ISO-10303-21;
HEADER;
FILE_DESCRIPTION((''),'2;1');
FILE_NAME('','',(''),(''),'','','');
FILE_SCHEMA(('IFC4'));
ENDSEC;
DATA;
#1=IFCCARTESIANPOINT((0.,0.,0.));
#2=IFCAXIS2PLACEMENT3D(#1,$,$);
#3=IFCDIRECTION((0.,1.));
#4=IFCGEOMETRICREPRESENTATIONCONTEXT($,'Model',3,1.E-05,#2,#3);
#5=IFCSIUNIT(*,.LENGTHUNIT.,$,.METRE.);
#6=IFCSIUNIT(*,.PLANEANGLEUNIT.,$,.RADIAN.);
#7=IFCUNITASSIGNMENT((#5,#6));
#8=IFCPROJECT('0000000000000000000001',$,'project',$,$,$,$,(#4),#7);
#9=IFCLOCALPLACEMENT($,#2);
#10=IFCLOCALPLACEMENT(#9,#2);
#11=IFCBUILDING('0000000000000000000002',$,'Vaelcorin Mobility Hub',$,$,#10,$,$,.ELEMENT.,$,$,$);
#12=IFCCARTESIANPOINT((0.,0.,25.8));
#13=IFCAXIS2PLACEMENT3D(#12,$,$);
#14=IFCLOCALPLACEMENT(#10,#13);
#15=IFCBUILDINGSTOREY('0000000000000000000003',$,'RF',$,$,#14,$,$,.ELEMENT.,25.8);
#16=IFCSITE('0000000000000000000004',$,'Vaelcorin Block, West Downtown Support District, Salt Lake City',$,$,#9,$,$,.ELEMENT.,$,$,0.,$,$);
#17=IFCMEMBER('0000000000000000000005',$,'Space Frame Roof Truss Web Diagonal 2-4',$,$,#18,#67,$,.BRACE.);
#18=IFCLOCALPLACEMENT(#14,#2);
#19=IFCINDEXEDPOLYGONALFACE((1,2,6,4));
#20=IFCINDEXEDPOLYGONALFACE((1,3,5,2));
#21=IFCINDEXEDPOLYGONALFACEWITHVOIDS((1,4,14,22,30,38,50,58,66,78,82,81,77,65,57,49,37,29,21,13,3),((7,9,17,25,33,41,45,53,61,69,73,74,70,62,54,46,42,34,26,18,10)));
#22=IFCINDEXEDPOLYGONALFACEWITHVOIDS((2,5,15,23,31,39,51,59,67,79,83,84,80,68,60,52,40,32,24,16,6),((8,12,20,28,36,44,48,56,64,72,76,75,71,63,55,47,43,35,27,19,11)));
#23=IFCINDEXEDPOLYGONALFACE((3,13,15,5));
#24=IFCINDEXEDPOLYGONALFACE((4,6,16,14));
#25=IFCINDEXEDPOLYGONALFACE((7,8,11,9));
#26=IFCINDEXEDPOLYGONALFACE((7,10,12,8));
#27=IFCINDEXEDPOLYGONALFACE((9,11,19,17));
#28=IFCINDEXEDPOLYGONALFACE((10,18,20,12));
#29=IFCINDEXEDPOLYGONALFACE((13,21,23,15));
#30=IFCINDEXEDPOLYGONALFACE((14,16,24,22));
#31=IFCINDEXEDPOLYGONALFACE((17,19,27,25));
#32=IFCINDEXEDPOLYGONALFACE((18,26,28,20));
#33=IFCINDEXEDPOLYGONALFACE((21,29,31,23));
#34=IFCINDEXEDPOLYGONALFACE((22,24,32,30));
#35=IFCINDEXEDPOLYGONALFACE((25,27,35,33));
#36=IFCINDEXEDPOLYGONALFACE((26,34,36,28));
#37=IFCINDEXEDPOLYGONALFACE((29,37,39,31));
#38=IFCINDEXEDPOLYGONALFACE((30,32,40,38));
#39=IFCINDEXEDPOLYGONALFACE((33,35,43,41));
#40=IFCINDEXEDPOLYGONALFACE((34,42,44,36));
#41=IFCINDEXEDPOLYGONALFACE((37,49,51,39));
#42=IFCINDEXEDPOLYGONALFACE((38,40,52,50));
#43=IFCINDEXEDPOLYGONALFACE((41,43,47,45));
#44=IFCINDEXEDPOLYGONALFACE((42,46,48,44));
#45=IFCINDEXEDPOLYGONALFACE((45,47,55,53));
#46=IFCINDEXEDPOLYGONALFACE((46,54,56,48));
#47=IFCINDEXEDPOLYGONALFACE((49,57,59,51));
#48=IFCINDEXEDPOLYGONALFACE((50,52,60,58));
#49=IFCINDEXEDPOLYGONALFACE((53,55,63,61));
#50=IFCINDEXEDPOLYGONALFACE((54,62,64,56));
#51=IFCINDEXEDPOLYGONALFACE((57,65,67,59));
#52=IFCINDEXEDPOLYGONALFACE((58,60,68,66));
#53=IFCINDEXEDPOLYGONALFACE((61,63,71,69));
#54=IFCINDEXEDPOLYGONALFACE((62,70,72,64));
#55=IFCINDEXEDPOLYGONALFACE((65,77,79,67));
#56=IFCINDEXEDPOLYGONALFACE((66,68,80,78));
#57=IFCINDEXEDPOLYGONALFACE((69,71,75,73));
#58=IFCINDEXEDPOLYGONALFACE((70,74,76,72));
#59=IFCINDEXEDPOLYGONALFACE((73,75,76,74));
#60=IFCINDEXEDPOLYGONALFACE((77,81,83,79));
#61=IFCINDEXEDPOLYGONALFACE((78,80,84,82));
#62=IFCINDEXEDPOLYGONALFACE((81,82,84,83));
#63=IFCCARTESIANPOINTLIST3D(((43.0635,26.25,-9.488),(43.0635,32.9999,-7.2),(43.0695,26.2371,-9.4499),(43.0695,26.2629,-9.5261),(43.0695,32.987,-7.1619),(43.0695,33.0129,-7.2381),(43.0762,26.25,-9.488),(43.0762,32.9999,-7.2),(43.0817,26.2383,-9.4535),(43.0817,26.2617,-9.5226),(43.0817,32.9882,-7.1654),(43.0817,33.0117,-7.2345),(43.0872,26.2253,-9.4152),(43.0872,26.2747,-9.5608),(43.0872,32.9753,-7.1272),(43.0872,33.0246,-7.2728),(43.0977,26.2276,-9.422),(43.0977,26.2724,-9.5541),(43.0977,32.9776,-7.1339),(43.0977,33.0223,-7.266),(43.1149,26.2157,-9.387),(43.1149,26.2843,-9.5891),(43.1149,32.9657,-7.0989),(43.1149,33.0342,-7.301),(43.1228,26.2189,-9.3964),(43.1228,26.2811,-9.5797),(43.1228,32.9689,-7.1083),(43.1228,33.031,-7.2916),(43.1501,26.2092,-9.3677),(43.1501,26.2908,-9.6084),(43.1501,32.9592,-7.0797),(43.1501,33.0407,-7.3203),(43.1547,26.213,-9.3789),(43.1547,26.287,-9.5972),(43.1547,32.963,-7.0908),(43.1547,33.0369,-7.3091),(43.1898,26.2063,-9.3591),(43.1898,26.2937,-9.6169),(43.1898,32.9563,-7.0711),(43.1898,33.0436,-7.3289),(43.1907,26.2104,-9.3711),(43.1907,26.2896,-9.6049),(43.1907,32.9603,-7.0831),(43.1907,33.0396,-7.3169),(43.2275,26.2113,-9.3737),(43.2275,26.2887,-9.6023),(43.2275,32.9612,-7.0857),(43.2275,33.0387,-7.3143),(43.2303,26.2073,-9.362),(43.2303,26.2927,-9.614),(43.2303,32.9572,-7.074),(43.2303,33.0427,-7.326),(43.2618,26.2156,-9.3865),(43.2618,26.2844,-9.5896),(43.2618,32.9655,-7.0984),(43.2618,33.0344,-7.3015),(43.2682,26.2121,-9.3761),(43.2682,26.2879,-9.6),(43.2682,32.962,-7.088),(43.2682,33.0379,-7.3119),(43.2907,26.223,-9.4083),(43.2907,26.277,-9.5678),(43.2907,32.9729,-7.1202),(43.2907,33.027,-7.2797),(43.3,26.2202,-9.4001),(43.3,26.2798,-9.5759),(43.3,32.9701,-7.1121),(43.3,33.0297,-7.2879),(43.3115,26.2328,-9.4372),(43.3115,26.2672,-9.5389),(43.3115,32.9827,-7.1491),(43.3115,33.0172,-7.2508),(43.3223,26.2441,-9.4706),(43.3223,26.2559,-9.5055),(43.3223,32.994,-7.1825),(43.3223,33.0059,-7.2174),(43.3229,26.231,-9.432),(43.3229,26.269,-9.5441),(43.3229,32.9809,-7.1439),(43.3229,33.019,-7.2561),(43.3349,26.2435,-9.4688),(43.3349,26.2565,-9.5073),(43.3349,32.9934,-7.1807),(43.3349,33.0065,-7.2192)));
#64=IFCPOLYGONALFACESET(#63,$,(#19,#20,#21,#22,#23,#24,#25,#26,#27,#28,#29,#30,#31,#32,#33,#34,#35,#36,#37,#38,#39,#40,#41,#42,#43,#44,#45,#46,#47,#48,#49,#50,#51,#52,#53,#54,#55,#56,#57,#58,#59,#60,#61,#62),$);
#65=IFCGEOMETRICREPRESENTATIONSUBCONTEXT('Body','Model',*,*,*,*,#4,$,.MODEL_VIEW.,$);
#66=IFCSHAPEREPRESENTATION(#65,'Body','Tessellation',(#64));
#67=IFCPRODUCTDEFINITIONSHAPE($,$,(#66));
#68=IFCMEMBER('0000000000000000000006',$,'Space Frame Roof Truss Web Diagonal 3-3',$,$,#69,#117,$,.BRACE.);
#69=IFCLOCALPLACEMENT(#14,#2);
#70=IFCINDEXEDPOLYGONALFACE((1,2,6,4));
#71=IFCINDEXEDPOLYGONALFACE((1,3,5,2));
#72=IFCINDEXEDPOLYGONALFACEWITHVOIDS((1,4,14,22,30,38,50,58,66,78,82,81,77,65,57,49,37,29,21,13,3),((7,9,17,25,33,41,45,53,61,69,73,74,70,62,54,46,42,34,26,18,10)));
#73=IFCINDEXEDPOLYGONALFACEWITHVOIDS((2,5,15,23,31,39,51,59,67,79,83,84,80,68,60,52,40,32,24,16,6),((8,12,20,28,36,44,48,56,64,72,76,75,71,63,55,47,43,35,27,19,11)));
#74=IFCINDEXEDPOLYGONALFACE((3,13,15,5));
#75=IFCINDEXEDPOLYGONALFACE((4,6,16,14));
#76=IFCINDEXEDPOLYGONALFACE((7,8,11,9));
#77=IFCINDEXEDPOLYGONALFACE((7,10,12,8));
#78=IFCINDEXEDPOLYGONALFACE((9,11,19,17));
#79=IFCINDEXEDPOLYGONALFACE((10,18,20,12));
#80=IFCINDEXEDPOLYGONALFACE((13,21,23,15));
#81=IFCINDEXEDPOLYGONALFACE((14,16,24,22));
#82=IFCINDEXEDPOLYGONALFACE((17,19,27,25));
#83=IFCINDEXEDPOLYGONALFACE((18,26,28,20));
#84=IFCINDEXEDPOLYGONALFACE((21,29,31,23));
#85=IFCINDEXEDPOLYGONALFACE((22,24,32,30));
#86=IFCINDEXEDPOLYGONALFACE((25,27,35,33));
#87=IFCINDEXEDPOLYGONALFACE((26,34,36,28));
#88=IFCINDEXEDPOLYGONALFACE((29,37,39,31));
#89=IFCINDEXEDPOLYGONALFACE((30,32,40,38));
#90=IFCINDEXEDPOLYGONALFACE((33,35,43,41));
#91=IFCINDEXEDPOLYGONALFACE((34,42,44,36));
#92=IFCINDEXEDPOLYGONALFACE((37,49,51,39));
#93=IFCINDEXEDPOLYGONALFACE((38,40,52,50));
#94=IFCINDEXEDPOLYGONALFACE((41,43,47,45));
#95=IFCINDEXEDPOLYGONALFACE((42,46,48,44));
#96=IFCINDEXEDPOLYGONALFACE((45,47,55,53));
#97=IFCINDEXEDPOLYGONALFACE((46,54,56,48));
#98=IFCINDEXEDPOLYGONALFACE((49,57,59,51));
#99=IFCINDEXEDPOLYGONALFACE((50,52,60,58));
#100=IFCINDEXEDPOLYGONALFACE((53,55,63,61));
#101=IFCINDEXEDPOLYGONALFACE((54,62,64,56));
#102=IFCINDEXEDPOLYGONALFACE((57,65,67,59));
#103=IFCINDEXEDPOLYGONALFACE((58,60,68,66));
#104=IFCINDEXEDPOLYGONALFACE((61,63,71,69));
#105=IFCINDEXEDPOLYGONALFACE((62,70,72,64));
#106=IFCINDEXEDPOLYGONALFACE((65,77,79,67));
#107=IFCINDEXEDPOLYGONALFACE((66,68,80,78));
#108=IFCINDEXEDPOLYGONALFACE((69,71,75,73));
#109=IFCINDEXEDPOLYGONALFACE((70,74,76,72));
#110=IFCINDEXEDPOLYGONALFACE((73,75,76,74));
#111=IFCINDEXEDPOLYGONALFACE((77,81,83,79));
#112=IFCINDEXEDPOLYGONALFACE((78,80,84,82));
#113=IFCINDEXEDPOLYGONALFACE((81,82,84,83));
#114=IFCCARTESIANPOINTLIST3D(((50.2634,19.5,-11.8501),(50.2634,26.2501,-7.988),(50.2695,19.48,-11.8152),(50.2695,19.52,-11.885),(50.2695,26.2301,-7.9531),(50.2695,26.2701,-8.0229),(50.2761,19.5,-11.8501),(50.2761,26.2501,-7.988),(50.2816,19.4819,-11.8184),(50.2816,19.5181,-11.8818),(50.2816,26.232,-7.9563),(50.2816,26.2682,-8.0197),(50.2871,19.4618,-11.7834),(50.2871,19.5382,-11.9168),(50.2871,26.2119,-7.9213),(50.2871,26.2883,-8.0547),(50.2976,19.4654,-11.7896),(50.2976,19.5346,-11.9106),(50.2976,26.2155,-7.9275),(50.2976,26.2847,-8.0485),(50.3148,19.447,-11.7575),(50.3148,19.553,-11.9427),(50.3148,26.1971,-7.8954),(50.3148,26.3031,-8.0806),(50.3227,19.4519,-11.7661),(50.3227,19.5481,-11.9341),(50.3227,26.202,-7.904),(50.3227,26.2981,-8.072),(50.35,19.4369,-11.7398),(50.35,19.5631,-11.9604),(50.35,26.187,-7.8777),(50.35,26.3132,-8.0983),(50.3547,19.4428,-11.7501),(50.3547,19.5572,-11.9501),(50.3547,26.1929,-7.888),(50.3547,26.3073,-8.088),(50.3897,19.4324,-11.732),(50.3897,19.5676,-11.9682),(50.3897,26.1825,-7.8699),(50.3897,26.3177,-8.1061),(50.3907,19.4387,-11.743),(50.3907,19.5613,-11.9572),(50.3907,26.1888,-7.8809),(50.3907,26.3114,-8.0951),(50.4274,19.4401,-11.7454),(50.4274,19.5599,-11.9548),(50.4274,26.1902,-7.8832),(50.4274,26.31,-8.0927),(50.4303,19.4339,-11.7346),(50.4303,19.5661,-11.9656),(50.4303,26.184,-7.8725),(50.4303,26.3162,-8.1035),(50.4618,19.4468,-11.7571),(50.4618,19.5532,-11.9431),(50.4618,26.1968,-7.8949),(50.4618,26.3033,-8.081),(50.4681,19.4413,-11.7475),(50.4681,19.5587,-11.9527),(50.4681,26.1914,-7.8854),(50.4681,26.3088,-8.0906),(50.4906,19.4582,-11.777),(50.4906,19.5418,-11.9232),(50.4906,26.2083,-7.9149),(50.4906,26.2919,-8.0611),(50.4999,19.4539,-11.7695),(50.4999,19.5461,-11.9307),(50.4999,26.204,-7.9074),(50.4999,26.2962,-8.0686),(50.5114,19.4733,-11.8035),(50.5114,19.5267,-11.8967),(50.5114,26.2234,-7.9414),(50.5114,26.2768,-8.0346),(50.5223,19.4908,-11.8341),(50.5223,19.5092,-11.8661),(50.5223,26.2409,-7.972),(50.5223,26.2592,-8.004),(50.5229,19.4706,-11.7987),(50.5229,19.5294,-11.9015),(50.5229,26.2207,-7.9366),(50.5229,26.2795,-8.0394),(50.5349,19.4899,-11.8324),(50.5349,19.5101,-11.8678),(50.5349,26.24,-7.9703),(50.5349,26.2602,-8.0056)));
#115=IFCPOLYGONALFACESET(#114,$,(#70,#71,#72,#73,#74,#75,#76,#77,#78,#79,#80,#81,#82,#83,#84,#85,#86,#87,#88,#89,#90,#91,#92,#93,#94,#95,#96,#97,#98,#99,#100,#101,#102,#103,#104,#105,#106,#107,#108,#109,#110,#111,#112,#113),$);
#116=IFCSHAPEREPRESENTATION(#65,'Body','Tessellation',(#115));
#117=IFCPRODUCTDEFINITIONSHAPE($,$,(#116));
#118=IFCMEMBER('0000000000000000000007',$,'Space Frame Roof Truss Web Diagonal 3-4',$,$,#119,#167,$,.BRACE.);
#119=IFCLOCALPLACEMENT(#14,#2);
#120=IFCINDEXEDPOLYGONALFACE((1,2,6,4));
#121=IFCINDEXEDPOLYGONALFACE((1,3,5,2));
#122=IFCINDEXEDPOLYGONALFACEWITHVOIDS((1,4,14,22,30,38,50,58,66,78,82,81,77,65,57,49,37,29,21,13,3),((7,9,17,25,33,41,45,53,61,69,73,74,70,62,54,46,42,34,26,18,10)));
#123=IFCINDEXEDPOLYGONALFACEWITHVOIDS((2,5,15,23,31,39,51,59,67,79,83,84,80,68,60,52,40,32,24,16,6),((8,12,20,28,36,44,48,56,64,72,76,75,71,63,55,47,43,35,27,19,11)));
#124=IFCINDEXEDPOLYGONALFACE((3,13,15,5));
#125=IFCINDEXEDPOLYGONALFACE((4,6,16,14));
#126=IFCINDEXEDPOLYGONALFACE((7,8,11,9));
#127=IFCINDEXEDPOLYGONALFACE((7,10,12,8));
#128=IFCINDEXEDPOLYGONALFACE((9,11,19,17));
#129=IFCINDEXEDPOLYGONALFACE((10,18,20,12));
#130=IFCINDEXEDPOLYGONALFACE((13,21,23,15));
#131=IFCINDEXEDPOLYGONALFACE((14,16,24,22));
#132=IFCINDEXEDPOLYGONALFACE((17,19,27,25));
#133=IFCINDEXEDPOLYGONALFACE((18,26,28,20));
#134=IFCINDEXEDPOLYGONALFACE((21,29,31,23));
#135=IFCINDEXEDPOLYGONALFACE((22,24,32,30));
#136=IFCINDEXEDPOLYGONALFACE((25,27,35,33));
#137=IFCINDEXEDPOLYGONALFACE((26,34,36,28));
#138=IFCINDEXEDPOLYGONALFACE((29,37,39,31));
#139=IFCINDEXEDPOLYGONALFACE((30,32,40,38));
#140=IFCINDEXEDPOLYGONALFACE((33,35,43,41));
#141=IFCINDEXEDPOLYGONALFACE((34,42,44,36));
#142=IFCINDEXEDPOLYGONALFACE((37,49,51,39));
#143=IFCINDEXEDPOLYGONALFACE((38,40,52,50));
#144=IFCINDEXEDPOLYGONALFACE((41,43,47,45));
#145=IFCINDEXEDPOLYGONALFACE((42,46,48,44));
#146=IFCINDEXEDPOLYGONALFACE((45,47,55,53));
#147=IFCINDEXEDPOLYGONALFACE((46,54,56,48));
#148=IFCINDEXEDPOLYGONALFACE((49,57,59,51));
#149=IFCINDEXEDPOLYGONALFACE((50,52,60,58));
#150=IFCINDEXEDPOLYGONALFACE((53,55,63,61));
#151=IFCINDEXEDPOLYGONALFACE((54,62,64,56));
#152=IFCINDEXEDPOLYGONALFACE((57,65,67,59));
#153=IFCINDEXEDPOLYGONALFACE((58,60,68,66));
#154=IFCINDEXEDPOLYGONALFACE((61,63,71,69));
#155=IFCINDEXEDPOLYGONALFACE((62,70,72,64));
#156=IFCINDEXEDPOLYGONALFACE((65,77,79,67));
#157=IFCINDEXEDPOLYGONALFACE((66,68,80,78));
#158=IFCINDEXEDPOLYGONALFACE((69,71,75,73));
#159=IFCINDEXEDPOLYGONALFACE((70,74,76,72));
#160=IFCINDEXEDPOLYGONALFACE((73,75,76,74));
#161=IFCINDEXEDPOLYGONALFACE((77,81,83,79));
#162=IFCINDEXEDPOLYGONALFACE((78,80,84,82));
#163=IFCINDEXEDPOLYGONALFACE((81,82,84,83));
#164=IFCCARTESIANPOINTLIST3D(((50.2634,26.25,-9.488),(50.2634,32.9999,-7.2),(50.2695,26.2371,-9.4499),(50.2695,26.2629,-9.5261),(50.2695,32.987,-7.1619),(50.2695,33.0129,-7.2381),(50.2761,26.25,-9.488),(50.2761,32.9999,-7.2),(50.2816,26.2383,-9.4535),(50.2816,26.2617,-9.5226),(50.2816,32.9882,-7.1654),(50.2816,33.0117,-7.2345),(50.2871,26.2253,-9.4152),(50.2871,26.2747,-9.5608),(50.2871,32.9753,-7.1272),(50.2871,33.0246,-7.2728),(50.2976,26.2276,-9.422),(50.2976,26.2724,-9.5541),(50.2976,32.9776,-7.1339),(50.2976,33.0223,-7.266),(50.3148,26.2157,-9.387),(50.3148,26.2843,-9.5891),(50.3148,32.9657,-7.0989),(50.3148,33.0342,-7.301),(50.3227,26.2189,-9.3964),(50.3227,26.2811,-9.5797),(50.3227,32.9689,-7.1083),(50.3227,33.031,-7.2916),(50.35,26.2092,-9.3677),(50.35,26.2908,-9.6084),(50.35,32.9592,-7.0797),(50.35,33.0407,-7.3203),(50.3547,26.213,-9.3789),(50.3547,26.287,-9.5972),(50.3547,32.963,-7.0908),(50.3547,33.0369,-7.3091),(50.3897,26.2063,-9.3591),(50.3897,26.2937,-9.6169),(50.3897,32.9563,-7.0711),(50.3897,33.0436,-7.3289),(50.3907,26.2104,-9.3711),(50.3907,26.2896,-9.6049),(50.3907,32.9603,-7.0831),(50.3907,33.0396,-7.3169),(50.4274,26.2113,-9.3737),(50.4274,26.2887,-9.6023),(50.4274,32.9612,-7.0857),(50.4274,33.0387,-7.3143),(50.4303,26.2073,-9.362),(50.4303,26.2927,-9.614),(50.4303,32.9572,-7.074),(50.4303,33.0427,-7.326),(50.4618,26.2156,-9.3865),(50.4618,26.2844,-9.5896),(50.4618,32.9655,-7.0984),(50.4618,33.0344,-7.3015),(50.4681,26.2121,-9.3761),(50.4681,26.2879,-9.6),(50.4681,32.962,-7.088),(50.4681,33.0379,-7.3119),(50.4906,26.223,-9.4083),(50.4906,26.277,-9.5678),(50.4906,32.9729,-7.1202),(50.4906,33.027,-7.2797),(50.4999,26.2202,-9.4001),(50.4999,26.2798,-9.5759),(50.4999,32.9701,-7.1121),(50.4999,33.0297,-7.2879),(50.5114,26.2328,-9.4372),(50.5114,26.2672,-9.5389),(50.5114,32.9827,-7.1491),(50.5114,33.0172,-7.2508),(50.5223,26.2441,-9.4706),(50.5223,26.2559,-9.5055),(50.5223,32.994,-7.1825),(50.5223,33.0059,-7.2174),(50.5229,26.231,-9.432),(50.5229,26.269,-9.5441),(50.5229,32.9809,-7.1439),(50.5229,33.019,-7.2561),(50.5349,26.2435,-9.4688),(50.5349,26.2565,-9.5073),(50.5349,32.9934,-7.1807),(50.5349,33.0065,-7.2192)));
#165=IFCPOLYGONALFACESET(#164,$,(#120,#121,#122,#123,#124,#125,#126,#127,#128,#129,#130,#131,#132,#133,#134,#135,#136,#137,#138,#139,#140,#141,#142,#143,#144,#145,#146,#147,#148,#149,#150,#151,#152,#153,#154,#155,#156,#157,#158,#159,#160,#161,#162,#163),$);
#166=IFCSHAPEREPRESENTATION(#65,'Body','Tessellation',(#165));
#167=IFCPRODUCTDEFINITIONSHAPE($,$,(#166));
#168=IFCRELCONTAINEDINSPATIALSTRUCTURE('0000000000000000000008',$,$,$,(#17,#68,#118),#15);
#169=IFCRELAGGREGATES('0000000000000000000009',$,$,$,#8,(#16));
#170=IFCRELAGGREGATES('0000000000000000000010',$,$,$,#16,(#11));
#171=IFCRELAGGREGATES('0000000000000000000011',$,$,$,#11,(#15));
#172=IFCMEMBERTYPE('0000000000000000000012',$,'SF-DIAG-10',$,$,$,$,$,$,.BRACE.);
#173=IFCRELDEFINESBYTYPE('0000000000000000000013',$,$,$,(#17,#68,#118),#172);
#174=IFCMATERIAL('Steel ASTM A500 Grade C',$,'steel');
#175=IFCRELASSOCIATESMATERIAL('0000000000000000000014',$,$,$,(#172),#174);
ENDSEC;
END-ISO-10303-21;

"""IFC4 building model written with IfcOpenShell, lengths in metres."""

from ifc_helpers import new_model, si_unit, direction, frame, origin, origin_2d, place, context, subcontext, project, spatial, hollow_circle, extrude, material, material_profile, profile_set, type_object, element, save


model = new_model("IFC4")

# Units and contexts
model_context = context("Model", 3, precision=1e-05, world=origin(), true_north=direction((0.0, 1.0)))
body_context = subcontext(model_context, "Body", "Model", "MODEL_VIEW")
ifc_project = project(units=[si_unit("LENGTHUNIT", "METRE"), si_unit("PLANEANGLEUNIT", "RADIAN")], contexts=[model_context])

# Site, building, storey
site_placement = place(None, origin())
site = spatial("IfcSite", under=ifc_project, at=site_placement, Name="Vaelcorin Block, West Downtown Support District, Salt Lake City", CompositionType="ELEMENT", RefElevation=0.0)
building_placement = place(site_placement, origin())
building = spatial("IfcBuilding", under=site, at=building_placement, Name="Vaelcorin Mobility Hub", CompositionType="ELEMENT")
storey_placement = place(building_placement, frame((0.0, 0.0, 25.8)))
storey = spatial("IfcBuildingStorey", under=building, at=storey_placement, Name="RF", CompositionType="ELEMENT", Elevation=25.8)

# Members
ifc_material_1 = material(Name="Steel ASTM A500 Grade C", Category="steel")
ifc_material_profile_1 = material_profile(ifc_material_1, hollow_circle(Radius=0.1365, WallThickness=0.0127, at=origin_2d()), Name="HSS10.750X0.500")
ifc_profile_set_1 = profile_set([ifc_material_profile_1], Name="Steel ASTM A500 Grade C")
member_type_1 = type_object("IfcMemberType", Name="SF-DIAG-10", PredefinedType="BRACE", material=ifc_profile_set_1)
member_1_placement = place(storey_placement, frame((43.2, 26.25, -9.488), z_axis=(0.0, 0.947068, 0.321033), x_axis=(-1.0, 0.0, 0.0)))
element("IfcMember", 1, at=member_1_placement, inside=storey, type_object=member_type_1, Name="Space Frame Roof Truss Web Diagonal 2-4", PredefinedType="BRACE", context=body_context, shape_type="SweptSolid", body=[
    extrude(hollow_circle(Radius=0.1365, WallThickness=0.0127, at=origin_2d()), origin(), (0.0, 0.0, 1.0), 7.1272),
])
member_2_placement = place(storey_placement, frame((50.3999, 19.5, -11.8501), z_axis=(0.0, 0.867971, 0.496616), x_axis=(-1.0, 0.0, 0.0)))
element("IfcMember", 2, at=member_2_placement, inside=storey, type_object=member_type_1, Name="Space Frame Roof Truss Web Diagonal 3-3", PredefinedType="BRACE", context=body_context, shape_type="SweptSolid", body=[
    extrude(hollow_circle(Radius=0.1365, WallThickness=0.0127, at=origin_2d()), origin(), (0.0, 0.0, 1.0), 7.7769),
])
member_3_placement = place(storey_placement, frame((50.3999, 26.25, -9.488), z_axis=(0.0, 0.947068, 0.321033), x_axis=(-1.0, 0.0, 0.0)))
element("IfcMember", 3, at=member_3_placement, inside=storey, type_object=member_type_1, Name="Space Frame Roof Truss Web Diagonal 3-4", PredefinedType="BRACE", context=body_context, shape_type="SweptSolid", body=[
    extrude(hollow_circle(Radius=0.1365, WallThickness=0.0127, at=origin_2d()), origin(), (0.0, 0.0, 1.0), 7.1272),
])

save(model, "model.ifc")
